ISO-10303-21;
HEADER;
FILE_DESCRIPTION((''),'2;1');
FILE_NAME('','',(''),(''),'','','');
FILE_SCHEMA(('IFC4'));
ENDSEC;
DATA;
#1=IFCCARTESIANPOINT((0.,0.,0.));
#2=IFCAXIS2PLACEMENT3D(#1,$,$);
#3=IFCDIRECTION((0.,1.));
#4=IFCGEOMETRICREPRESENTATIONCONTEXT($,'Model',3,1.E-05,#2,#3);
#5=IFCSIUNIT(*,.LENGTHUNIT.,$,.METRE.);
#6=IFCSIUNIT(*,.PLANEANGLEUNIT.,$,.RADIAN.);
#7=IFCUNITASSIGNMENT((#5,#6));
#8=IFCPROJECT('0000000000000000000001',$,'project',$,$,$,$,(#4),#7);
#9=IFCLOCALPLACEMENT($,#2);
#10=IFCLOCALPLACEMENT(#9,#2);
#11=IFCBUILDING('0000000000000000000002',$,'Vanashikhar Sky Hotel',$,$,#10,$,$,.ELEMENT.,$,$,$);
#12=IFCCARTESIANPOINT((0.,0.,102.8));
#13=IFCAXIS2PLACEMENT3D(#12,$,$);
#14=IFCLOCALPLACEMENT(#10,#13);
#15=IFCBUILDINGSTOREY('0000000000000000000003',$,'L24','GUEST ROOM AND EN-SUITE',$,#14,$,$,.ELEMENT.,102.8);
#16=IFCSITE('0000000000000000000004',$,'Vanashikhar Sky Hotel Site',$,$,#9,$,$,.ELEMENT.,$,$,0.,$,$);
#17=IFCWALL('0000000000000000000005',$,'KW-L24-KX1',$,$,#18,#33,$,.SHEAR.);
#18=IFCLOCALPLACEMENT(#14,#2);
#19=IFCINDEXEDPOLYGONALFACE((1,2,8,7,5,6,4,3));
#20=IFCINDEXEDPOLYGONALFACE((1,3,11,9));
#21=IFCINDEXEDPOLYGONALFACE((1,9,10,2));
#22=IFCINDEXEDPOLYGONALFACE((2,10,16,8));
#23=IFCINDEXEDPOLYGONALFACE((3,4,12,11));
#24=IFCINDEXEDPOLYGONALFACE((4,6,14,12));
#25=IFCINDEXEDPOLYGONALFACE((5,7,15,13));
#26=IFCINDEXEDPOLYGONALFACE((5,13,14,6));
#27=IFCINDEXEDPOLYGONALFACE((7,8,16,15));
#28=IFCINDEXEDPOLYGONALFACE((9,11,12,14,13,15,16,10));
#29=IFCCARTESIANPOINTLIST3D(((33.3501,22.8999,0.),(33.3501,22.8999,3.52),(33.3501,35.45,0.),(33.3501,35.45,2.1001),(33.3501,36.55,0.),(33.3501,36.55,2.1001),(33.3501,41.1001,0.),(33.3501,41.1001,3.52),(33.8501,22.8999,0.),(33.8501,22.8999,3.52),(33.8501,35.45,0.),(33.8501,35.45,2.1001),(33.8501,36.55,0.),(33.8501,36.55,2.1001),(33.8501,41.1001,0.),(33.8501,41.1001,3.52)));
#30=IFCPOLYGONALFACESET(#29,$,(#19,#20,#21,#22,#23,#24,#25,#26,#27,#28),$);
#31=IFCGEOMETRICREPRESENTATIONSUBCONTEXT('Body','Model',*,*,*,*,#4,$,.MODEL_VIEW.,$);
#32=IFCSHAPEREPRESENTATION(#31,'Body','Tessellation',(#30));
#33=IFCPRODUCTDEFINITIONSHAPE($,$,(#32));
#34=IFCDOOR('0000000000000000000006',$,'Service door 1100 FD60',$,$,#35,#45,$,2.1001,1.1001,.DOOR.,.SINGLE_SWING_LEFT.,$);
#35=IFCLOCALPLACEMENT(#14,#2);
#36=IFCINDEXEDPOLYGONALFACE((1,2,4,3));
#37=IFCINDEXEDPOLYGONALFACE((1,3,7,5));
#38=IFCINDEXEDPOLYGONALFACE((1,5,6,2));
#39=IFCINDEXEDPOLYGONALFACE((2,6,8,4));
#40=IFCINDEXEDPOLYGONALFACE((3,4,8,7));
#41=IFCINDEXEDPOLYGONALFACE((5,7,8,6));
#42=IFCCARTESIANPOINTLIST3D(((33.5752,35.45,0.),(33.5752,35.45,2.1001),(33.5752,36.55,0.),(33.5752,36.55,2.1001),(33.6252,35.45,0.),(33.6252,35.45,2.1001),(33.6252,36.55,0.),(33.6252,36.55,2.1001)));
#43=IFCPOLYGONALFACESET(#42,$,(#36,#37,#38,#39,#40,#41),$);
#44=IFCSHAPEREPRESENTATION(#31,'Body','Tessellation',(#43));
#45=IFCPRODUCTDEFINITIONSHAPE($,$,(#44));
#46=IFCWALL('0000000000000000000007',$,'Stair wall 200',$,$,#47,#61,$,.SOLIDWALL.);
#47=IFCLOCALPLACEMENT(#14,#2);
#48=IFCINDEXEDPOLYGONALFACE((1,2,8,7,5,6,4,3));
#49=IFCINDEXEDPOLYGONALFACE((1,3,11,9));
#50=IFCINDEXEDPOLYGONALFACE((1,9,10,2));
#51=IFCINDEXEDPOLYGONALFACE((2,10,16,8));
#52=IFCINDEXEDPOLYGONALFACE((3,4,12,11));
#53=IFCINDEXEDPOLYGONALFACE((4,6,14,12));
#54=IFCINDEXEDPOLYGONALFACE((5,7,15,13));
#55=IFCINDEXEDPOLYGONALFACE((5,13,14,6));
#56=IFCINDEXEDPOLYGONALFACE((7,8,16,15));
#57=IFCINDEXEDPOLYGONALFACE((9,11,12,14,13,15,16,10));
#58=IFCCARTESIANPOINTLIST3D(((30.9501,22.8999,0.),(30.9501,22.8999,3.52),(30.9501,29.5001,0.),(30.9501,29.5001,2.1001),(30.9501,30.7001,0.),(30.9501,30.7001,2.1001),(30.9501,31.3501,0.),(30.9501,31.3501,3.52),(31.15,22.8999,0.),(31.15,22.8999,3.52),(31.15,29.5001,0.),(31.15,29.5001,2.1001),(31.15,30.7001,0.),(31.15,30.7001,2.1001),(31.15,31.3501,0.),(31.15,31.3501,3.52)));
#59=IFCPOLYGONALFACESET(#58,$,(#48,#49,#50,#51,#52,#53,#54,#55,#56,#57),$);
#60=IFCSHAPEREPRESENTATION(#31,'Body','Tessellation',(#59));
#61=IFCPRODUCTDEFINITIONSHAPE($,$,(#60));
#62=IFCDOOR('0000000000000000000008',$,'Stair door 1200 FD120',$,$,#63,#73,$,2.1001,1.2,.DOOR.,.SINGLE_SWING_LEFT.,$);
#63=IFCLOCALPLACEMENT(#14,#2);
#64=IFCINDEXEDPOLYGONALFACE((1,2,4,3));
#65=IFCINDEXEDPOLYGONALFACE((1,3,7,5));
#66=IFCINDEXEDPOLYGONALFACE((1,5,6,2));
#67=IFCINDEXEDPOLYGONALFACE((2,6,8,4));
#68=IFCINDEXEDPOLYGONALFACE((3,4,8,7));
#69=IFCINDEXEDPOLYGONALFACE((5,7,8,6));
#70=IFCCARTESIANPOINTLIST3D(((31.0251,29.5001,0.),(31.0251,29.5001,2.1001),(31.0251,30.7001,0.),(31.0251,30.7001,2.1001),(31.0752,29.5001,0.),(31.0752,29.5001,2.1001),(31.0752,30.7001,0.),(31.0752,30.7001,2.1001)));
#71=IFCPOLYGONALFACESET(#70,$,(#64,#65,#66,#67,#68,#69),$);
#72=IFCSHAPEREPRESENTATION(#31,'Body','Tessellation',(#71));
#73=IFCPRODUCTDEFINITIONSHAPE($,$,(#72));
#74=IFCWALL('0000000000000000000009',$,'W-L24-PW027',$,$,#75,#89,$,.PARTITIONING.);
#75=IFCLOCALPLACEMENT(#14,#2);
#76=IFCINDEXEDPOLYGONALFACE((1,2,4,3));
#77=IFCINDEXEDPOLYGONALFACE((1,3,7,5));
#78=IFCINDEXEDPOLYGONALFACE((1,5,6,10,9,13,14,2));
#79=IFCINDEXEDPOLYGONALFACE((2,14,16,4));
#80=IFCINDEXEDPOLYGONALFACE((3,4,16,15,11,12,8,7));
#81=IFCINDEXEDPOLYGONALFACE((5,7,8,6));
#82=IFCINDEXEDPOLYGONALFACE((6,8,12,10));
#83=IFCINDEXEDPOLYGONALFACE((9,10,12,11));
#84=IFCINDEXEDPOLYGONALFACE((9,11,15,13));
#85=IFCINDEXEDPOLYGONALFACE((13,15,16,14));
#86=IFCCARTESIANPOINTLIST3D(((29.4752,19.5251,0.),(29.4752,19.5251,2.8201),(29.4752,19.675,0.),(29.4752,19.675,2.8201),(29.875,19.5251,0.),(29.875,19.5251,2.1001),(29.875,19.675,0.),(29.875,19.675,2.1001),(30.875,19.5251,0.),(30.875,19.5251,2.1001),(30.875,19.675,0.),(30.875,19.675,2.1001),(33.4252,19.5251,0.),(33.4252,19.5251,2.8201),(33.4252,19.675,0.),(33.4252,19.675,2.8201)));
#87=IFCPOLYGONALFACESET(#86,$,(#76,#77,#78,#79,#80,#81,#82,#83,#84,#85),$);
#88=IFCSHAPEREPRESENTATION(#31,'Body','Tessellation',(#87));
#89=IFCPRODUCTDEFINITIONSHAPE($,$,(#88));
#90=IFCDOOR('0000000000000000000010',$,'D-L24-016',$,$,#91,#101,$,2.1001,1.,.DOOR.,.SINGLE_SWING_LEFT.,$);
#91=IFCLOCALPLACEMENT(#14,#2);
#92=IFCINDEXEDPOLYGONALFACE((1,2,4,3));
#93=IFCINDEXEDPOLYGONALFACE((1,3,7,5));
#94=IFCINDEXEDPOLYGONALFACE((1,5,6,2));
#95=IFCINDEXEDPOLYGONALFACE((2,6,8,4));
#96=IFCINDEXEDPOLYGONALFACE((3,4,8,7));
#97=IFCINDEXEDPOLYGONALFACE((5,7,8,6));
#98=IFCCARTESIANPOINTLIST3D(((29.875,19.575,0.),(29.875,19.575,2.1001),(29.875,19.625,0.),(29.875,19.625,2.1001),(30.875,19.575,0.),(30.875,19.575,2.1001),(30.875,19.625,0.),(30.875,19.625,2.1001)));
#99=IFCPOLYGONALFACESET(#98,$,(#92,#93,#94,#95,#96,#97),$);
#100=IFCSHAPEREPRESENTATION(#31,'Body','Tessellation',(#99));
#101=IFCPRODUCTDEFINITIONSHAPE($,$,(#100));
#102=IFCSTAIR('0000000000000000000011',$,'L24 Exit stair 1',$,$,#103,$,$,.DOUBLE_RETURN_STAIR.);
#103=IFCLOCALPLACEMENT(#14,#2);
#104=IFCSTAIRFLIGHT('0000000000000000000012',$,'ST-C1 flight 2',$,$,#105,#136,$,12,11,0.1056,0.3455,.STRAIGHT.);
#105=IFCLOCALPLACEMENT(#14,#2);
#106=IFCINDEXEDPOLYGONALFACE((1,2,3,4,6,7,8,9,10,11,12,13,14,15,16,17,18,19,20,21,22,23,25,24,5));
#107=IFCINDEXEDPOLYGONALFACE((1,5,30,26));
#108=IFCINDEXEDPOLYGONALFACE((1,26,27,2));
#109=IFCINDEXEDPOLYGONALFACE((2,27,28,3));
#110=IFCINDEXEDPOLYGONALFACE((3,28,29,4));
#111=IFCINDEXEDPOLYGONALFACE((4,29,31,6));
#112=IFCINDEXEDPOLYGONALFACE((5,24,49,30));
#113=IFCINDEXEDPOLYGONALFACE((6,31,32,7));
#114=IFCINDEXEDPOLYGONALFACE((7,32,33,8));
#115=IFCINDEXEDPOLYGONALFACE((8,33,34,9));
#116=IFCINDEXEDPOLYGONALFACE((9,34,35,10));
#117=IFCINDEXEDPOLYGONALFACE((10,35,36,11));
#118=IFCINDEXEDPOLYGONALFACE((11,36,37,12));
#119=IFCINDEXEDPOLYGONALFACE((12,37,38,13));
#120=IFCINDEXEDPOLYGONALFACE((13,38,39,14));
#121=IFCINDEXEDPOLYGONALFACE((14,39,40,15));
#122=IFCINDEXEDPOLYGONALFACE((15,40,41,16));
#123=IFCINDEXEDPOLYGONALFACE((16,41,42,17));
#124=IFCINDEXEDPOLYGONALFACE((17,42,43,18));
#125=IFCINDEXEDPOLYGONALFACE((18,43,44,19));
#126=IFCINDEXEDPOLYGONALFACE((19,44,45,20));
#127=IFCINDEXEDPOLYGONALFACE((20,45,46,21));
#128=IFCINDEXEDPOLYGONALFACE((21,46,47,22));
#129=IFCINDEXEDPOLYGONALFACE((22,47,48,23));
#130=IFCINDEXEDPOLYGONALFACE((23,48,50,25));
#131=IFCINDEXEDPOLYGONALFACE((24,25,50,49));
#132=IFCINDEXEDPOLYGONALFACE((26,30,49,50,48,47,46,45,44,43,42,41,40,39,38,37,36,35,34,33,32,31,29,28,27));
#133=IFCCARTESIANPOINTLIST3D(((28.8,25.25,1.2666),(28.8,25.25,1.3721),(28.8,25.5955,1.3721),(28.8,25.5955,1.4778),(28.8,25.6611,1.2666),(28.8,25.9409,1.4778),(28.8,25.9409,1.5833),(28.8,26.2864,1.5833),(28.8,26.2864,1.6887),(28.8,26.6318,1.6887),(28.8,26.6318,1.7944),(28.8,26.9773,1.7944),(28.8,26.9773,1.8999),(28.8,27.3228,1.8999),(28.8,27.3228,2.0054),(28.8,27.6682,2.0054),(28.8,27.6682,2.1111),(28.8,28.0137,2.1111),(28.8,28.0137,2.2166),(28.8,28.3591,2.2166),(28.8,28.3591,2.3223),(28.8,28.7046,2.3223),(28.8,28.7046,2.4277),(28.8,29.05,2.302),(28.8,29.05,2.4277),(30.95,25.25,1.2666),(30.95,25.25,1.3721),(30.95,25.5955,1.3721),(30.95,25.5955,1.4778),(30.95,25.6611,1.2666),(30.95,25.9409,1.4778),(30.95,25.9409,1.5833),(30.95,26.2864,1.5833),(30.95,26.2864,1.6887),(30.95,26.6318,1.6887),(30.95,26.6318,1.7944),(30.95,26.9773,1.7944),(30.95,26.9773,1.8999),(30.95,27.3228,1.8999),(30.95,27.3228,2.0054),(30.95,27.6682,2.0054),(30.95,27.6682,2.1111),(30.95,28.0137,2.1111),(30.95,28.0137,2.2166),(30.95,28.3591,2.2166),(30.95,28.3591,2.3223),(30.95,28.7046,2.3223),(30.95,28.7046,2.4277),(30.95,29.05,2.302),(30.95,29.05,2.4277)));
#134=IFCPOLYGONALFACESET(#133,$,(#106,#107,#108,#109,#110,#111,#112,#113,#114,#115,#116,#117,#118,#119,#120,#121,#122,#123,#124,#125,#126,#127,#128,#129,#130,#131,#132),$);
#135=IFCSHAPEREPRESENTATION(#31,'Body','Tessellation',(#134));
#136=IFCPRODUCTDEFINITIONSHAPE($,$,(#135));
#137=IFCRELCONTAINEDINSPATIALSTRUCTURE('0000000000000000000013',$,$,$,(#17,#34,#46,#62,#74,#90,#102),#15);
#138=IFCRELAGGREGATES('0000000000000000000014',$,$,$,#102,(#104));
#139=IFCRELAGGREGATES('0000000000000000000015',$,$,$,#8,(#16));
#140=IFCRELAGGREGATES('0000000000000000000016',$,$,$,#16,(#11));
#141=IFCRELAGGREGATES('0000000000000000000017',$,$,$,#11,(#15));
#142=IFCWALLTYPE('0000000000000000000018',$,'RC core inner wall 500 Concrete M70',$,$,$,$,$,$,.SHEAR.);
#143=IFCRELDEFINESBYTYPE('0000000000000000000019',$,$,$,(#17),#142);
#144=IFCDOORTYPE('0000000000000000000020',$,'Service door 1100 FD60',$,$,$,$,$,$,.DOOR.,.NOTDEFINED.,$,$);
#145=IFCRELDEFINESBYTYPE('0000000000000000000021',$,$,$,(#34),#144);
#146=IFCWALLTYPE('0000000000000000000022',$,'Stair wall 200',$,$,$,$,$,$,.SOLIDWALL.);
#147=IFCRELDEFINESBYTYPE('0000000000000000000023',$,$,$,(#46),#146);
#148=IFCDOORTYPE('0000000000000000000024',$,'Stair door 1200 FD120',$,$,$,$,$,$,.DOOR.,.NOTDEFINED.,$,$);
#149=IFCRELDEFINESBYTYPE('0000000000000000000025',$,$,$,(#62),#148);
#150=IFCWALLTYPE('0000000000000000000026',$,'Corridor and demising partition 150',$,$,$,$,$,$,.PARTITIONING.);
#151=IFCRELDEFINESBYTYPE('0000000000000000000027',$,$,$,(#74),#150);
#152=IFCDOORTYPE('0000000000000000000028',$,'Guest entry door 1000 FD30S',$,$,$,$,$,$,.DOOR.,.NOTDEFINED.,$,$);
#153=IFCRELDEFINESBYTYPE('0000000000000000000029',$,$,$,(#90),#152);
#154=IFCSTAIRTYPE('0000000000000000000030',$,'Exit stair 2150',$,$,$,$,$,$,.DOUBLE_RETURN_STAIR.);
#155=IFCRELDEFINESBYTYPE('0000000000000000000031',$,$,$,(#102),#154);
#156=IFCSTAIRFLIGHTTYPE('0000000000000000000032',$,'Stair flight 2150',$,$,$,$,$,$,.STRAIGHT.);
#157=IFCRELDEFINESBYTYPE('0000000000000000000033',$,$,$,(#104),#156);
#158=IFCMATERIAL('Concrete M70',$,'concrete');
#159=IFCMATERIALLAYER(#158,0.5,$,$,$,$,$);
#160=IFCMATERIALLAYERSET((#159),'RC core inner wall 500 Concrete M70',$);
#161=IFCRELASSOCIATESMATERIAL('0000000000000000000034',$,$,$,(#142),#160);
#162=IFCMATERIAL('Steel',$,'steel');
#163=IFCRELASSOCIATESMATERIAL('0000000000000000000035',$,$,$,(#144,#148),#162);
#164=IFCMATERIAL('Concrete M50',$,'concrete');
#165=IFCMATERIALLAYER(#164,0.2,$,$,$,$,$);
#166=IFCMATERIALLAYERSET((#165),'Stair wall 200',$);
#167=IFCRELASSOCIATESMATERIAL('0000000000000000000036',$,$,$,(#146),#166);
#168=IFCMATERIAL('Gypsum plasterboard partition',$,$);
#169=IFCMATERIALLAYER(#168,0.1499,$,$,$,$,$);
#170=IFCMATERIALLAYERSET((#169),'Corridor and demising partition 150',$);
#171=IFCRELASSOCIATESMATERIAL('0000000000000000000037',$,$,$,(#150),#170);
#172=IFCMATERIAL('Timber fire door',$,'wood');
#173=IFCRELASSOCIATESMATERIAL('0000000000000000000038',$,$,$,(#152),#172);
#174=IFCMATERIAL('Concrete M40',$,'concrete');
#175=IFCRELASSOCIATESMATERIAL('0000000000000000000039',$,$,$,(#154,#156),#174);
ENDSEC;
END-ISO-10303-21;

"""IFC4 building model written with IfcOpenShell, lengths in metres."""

from ifc_helpers import new_model, si_unit, direction, frame, frame_2d, origin, place, context, subcontext, project, spatial, polyline, rectangle, outline, extrude, source, transform, mapped, material, layer, layer_set, type_object, element, fill, aggregate, save


model = new_model("IFC4")

# Units and contexts
model_context = context("Model", 3, precision=1e-05, world=origin(), true_north=direction((0.0, 1.0)))
body_context = subcontext(model_context, "Body", "Model", "MODEL_VIEW")
ifc_project = project(units=[si_unit("LENGTHUNIT", "METRE"), si_unit("PLANEANGLEUNIT", "RADIAN")], contexts=[model_context])

# Site, building, storey
site_placement = place(None, origin())
site = spatial("IfcSite", under=ifc_project, at=site_placement, Name="Vanashikhar Sky Hotel Site", CompositionType="ELEMENT", RefElevation=0.0)
building_placement = place(site_placement, origin())
building = spatial("IfcBuilding", under=site, at=building_placement, Name="Vanashikhar Sky Hotel", CompositionType="ELEMENT")
storey_placement = place(building_placement, frame((0.0, 0.0, 102.8)))
storey = spatial("IfcBuildingStorey", under=building, at=storey_placement, Name="L24", Description="GUEST ROOM AND EN-SUITE", CompositionType="ELEMENT", Elevation=102.8)

# Walls, openings, doors
ifc_material_1 = material(Name="Concrete M70", Category="concrete")
ifc_layer_1 = layer(ifc_material_1, 0.5)
ifc_layer_set_1 = layer_set([ifc_layer_1], Name="RC core inner wall 500 Concrete M70")
wall_type_1 = type_object("IfcWallType", Name="RC core inner wall 500 Concrete M70", PredefinedType="SHEAR", material=ifc_layer_set_1)
shared_shape_1 = source(origin(), body_context, "Body", "SweptSolid", [
    extrude(rectangle(XDim=18.2002, YDim=0.5, at=frame_2d((9.1001, 0.0))), origin(), (0.0, 0.0, 1.0), 3.52),
])
wall_1_placement = place(storey_placement, frame((33.6001, 22.8999, 0.0), z_axis=(0.0, 0.0, 1.0), x_axis=(0.0, 1.0, 0.0)))
wall_1 = element("IfcWall", 1, at=wall_1_placement, inside=storey, type_object=wall_type_1, Name="KW-L24-KX1", PredefinedType="SHEAR", context=body_context, shape_type="MappedRepresentation", body=[
    mapped(shared_shape_1, transform((0.0, 0.0, 0.0), scale=1.0)),
])
shared_shape_2 = source(origin(), body_context, "Body", "SweptSolid", [
    extrude(rectangle(XDim=1.1001, YDim=2.1001, at=frame_2d((0.55, 1.05))), frame((0.0, 0.26, 0.0), z_axis=(0.0, -1.0, 0.0), x_axis=(1.0, 0.0, 0.0)), (0.0, 0.0, 1.0), 0.52),
])
opening_1_placement = place(wall_1_placement, frame((12.55, 0.0, 0.0)))
opening_1 = element("IfcOpeningElement", 2, at=opening_1_placement, cuts=wall_1, PredefinedType="OPENING", context=body_context, shape_type="MappedRepresentation", body=[
    mapped(shared_shape_2, transform((0.0, 0.0, 0.0), scale=1.0)),
])
ifc_material_2 = material(Name="Steel", Category="steel")
door_type_1 = type_object("IfcDoorType", Name="Service door 1100 FD60", OperationType="NOTDEFINED", PredefinedType="DOOR", material=ifc_material_2)
shared_shape_3 = source(origin(), body_context, "Body", "SweptSolid", [
    extrude(rectangle(XDim=1.1001, YDim=2.1001, at=frame_2d((0.55, 1.05))), frame((0.0, 0.0249, 0.0), z_axis=(0.0, -1.0, 0.0), x_axis=(1.0, 0.0, 0.0)), (0.0, 0.0, 1.0), 0.05),
])
door_1_placement = place(opening_1_placement, origin())
door_1 = element("IfcDoor", 3, at=door_1_placement, inside=storey, type_object=door_type_1, Name="Service door 1100 FD60", OperationType="SINGLE_SWING_LEFT", OverallHeight=2.1001, OverallWidth=1.1001, PredefinedType="DOOR", context=body_context, shape_type="MappedRepresentation", body=[
    mapped(shared_shape_3, transform((0.0, 0.0, 0.0), scale=1.0)),
])
fill(opening_1, door_1)
ifc_material_3 = material(Name="Concrete M50", Category="concrete")
ifc_layer_2 = layer(ifc_material_3, 0.2)
ifc_layer_set_2 = layer_set([ifc_layer_2], Name="Stair wall 200")
wall_type_2 = type_object("IfcWallType", Name="Stair wall 200", PredefinedType="SOLIDWALL", material=ifc_layer_set_2)
shared_shape_4 = source(origin(), body_context, "Body", "SweptSolid", [
    extrude(rectangle(XDim=8.4502, YDim=0.2, at=frame_2d((4.2251, 0.0))), origin(), (0.0, 0.0, 1.0), 3.52),
])
wall_2_placement = place(storey_placement, frame((31.05, 22.8999, 0.0), z_axis=(0.0, 0.0, 1.0), x_axis=(0.0, 1.0, 0.0)))
wall_2 = element("IfcWall", 4, at=wall_2_placement, inside=storey, type_object=wall_type_2, Name="Stair wall 200", PredefinedType="SOLIDWALL", context=body_context, shape_type="MappedRepresentation", body=[
    mapped(shared_shape_4, transform((0.0, 0.0, 0.0), scale=1.0)),
])
shared_shape_5 = source(origin(), body_context, "Body", "SweptSolid", [
    extrude(rectangle(XDim=1.2, YDim=2.1001, at=frame_2d((0.6001, 1.05))), frame((0.0, 0.1099, 0.0), z_axis=(0.0, -1.0, 0.0), x_axis=(1.0, 0.0, 0.0)), (0.0, 0.0, 1.0), 0.22),
])
opening_2_placement = place(wall_2_placement, frame((6.6001, 0.0, 0.0)))
opening_2 = element("IfcOpeningElement", 5, at=opening_2_placement, cuts=wall_2, PredefinedType="OPENING", context=body_context, shape_type="MappedRepresentation", body=[
    mapped(shared_shape_5, transform((0.0, 0.0, 0.0), scale=1.0)),
])
door_type_2 = type_object("IfcDoorType", Name="Stair door 1200 FD120", OperationType="NOTDEFINED", PredefinedType="DOOR", material=ifc_material_2)
shared_shape_6 = source(origin(), body_context, "Body", "SweptSolid", [
    extrude(rectangle(XDim=1.2, YDim=2.1001, at=frame_2d((0.6001, 1.05))), frame((0.0, 0.0249, 0.0), z_axis=(0.0, -1.0, 0.0), x_axis=(1.0, 0.0, 0.0)), (0.0, 0.0, 1.0), 0.05),
])
door_2_placement = place(opening_2_placement, origin())
door_2 = element("IfcDoor", 6, at=door_2_placement, inside=storey, type_object=door_type_2, Name="Stair door 1200 FD120", OperationType="SINGLE_SWING_LEFT", OverallHeight=2.1001, OverallWidth=1.2, PredefinedType="DOOR", context=body_context, shape_type="MappedRepresentation", body=[
    mapped(shared_shape_6, transform((0.0, 0.0, 0.0), scale=1.0)),
])
fill(opening_2, door_2)
ifc_material_4 = material(Name="Gypsum plasterboard partition")
ifc_layer_3 = layer(ifc_material_4, 0.1499)
ifc_layer_set_3 = layer_set([ifc_layer_3], Name="Corridor and demising partition 150")
wall_type_3 = type_object("IfcWallType", Name="Corridor and demising partition 150", PredefinedType="PARTITIONING", material=ifc_layer_set_3)
shared_shape_7 = source(origin(), body_context, "Body", "SweptSolid", [
    extrude(rectangle(XDim=3.95, YDim=0.1499, at=frame_2d((1.9751, 0.0))), origin(), (0.0, 0.0, 1.0), 2.8201),
])
wall_3_placement = place(storey_placement, frame((29.4751, 19.6001, 0.0), z_axis=(0.0, 0.0, 1.0), x_axis=(1.0, 0.0, 0.0)))
wall_3 = element("IfcWall", 7, at=wall_3_placement, inside=storey, type_object=wall_type_3, Name="W-L24-PW027", PredefinedType="PARTITIONING", context=body_context, shape_type="MappedRepresentation", body=[
    mapped(shared_shape_7, transform((0.0, 0.0, 0.0), scale=1.0)),
])
shared_shape_8 = source(origin(), body_context, "Body", "SweptSolid", [
    extrude(rectangle(XDim=1.0, YDim=2.1001, at=frame_2d((0.5, 1.05))), frame((0.0, 0.085, 0.0), z_axis=(0.0, -1.0, 0.0), x_axis=(1.0, 0.0, 0.0)), (0.0, 0.0, 1.0), 0.1699),
])
opening_3_placement = place(wall_3_placement, frame((0.3999, 0.0, 0.0)))
opening_3 = element("IfcOpeningElement", 8, at=opening_3_placement, cuts=wall_3, PredefinedType="OPENING", context=body_context, shape_type="MappedRepresentation", body=[
    mapped(shared_shape_8, transform((0.0, 0.0, 0.0), scale=1.0)),
])
ifc_material_5 = material(Name="Timber fire door", Category="wood")
door_type_3 = type_object("IfcDoorType", Name="Guest entry door 1000 FD30S", OperationType="NOTDEFINED", PredefinedType="DOOR", material=ifc_material_5)
shared_shape_9 = source(origin(), body_context, "Body", "SweptSolid", [
    extrude(rectangle(XDim=1.0, YDim=2.1001, at=frame_2d((0.5, 1.05))), frame((0.0, 0.0249, 0.0), z_axis=(0.0, -1.0, 0.0), x_axis=(1.0, 0.0, 0.0)), (0.0, 0.0, 1.0), 0.05),
])
door_3_placement = place(opening_3_placement, origin())
door_3 = element("IfcDoor", 9, at=door_3_placement, inside=storey, type_object=door_type_3, Name="D-L24-016", OperationType="SINGLE_SWING_LEFT", OverallHeight=2.1001, OverallWidth=1.0, PredefinedType="DOOR", context=body_context, shape_type="MappedRepresentation", body=[
    mapped(shared_shape_9, transform((0.0, 0.0, 0.0), scale=1.0)),
])
fill(opening_3, door_3)

# Stair, stair flight
ifc_material_6 = material(Name="Concrete M40", Category="concrete")
stair_type = type_object("IfcStairType", Name="Exit stair 2150", PredefinedType="DOUBLE_RETURN_STAIR", material=ifc_material_6)
stair_placement = place(storey_placement, origin())
stair = element("IfcStair", 10, at=stair_placement, inside=storey, type_object=stair_type, Name="L24 Exit stair 1", PredefinedType="DOUBLE_RETURN_STAIR")
stair_flight_type = type_object("IfcStairFlightType", Name="Stair flight 2150", PredefinedType="STRAIGHT", material=ifc_material_6)
shared_shape_10 = source(origin(), body_context, "Body", "SweptSolid", [
    extrude(outline(polyline([(0.0, 0.0), (0.0, 0.1055), (0.3455, 0.1055), (0.3455, 0.2112), (0.6909, 0.2112), (0.6909, 0.3167), (1.0364, 0.3167), (1.0364, 0.4221), (1.3818, 0.4221), (1.3818, 0.5278), (1.7273, 0.5278), (1.7273, 0.6333), (2.0728, 0.6333), (2.0728, 0.7388), (2.4182, 0.7388), (2.4182, 0.8445), (2.7637, 0.8445), (2.7637, 0.95), (3.1091, 0.95), (3.1091, 1.0557), (3.4546, 1.0557), (3.4546, 1.1611), (3.8, 1.1611), (3.8, 1.2666), (3.8, 1.0354), (0.4111, 0.0), (0.0, 0.0)])), frame((0.0, 1.075, 0.0), z_axis=(0.0, -1.0, 0.0), x_axis=(1.0, 0.0, 0.0)), (0.0, 0.0, 1.0), 2.1499),
])
stair_flight_placement = place(storey_placement, frame((29.875, 25.25, 1.2666), z_axis=(0.0, 0.0, 1.0), x_axis=(0.0, 1.0, 0.0)))
stair_flight = element("IfcStairFlight", 11, at=stair_flight_placement, type_object=stair_flight_type, Name="ST-C1 flight 2", NumberOfRisers=12, NumberOfTreads=11, PredefinedType="STRAIGHT", RiserHeight=0.1056, TreadLength=0.3455, context=body_context, shape_type="MappedRepresentation", body=[
    mapped(shared_shape_10, transform((0.0, 0.0, 0.0), scale=1.0)),
])
aggregate(stair, [stair_flight])

save(model, "model.ifc")
